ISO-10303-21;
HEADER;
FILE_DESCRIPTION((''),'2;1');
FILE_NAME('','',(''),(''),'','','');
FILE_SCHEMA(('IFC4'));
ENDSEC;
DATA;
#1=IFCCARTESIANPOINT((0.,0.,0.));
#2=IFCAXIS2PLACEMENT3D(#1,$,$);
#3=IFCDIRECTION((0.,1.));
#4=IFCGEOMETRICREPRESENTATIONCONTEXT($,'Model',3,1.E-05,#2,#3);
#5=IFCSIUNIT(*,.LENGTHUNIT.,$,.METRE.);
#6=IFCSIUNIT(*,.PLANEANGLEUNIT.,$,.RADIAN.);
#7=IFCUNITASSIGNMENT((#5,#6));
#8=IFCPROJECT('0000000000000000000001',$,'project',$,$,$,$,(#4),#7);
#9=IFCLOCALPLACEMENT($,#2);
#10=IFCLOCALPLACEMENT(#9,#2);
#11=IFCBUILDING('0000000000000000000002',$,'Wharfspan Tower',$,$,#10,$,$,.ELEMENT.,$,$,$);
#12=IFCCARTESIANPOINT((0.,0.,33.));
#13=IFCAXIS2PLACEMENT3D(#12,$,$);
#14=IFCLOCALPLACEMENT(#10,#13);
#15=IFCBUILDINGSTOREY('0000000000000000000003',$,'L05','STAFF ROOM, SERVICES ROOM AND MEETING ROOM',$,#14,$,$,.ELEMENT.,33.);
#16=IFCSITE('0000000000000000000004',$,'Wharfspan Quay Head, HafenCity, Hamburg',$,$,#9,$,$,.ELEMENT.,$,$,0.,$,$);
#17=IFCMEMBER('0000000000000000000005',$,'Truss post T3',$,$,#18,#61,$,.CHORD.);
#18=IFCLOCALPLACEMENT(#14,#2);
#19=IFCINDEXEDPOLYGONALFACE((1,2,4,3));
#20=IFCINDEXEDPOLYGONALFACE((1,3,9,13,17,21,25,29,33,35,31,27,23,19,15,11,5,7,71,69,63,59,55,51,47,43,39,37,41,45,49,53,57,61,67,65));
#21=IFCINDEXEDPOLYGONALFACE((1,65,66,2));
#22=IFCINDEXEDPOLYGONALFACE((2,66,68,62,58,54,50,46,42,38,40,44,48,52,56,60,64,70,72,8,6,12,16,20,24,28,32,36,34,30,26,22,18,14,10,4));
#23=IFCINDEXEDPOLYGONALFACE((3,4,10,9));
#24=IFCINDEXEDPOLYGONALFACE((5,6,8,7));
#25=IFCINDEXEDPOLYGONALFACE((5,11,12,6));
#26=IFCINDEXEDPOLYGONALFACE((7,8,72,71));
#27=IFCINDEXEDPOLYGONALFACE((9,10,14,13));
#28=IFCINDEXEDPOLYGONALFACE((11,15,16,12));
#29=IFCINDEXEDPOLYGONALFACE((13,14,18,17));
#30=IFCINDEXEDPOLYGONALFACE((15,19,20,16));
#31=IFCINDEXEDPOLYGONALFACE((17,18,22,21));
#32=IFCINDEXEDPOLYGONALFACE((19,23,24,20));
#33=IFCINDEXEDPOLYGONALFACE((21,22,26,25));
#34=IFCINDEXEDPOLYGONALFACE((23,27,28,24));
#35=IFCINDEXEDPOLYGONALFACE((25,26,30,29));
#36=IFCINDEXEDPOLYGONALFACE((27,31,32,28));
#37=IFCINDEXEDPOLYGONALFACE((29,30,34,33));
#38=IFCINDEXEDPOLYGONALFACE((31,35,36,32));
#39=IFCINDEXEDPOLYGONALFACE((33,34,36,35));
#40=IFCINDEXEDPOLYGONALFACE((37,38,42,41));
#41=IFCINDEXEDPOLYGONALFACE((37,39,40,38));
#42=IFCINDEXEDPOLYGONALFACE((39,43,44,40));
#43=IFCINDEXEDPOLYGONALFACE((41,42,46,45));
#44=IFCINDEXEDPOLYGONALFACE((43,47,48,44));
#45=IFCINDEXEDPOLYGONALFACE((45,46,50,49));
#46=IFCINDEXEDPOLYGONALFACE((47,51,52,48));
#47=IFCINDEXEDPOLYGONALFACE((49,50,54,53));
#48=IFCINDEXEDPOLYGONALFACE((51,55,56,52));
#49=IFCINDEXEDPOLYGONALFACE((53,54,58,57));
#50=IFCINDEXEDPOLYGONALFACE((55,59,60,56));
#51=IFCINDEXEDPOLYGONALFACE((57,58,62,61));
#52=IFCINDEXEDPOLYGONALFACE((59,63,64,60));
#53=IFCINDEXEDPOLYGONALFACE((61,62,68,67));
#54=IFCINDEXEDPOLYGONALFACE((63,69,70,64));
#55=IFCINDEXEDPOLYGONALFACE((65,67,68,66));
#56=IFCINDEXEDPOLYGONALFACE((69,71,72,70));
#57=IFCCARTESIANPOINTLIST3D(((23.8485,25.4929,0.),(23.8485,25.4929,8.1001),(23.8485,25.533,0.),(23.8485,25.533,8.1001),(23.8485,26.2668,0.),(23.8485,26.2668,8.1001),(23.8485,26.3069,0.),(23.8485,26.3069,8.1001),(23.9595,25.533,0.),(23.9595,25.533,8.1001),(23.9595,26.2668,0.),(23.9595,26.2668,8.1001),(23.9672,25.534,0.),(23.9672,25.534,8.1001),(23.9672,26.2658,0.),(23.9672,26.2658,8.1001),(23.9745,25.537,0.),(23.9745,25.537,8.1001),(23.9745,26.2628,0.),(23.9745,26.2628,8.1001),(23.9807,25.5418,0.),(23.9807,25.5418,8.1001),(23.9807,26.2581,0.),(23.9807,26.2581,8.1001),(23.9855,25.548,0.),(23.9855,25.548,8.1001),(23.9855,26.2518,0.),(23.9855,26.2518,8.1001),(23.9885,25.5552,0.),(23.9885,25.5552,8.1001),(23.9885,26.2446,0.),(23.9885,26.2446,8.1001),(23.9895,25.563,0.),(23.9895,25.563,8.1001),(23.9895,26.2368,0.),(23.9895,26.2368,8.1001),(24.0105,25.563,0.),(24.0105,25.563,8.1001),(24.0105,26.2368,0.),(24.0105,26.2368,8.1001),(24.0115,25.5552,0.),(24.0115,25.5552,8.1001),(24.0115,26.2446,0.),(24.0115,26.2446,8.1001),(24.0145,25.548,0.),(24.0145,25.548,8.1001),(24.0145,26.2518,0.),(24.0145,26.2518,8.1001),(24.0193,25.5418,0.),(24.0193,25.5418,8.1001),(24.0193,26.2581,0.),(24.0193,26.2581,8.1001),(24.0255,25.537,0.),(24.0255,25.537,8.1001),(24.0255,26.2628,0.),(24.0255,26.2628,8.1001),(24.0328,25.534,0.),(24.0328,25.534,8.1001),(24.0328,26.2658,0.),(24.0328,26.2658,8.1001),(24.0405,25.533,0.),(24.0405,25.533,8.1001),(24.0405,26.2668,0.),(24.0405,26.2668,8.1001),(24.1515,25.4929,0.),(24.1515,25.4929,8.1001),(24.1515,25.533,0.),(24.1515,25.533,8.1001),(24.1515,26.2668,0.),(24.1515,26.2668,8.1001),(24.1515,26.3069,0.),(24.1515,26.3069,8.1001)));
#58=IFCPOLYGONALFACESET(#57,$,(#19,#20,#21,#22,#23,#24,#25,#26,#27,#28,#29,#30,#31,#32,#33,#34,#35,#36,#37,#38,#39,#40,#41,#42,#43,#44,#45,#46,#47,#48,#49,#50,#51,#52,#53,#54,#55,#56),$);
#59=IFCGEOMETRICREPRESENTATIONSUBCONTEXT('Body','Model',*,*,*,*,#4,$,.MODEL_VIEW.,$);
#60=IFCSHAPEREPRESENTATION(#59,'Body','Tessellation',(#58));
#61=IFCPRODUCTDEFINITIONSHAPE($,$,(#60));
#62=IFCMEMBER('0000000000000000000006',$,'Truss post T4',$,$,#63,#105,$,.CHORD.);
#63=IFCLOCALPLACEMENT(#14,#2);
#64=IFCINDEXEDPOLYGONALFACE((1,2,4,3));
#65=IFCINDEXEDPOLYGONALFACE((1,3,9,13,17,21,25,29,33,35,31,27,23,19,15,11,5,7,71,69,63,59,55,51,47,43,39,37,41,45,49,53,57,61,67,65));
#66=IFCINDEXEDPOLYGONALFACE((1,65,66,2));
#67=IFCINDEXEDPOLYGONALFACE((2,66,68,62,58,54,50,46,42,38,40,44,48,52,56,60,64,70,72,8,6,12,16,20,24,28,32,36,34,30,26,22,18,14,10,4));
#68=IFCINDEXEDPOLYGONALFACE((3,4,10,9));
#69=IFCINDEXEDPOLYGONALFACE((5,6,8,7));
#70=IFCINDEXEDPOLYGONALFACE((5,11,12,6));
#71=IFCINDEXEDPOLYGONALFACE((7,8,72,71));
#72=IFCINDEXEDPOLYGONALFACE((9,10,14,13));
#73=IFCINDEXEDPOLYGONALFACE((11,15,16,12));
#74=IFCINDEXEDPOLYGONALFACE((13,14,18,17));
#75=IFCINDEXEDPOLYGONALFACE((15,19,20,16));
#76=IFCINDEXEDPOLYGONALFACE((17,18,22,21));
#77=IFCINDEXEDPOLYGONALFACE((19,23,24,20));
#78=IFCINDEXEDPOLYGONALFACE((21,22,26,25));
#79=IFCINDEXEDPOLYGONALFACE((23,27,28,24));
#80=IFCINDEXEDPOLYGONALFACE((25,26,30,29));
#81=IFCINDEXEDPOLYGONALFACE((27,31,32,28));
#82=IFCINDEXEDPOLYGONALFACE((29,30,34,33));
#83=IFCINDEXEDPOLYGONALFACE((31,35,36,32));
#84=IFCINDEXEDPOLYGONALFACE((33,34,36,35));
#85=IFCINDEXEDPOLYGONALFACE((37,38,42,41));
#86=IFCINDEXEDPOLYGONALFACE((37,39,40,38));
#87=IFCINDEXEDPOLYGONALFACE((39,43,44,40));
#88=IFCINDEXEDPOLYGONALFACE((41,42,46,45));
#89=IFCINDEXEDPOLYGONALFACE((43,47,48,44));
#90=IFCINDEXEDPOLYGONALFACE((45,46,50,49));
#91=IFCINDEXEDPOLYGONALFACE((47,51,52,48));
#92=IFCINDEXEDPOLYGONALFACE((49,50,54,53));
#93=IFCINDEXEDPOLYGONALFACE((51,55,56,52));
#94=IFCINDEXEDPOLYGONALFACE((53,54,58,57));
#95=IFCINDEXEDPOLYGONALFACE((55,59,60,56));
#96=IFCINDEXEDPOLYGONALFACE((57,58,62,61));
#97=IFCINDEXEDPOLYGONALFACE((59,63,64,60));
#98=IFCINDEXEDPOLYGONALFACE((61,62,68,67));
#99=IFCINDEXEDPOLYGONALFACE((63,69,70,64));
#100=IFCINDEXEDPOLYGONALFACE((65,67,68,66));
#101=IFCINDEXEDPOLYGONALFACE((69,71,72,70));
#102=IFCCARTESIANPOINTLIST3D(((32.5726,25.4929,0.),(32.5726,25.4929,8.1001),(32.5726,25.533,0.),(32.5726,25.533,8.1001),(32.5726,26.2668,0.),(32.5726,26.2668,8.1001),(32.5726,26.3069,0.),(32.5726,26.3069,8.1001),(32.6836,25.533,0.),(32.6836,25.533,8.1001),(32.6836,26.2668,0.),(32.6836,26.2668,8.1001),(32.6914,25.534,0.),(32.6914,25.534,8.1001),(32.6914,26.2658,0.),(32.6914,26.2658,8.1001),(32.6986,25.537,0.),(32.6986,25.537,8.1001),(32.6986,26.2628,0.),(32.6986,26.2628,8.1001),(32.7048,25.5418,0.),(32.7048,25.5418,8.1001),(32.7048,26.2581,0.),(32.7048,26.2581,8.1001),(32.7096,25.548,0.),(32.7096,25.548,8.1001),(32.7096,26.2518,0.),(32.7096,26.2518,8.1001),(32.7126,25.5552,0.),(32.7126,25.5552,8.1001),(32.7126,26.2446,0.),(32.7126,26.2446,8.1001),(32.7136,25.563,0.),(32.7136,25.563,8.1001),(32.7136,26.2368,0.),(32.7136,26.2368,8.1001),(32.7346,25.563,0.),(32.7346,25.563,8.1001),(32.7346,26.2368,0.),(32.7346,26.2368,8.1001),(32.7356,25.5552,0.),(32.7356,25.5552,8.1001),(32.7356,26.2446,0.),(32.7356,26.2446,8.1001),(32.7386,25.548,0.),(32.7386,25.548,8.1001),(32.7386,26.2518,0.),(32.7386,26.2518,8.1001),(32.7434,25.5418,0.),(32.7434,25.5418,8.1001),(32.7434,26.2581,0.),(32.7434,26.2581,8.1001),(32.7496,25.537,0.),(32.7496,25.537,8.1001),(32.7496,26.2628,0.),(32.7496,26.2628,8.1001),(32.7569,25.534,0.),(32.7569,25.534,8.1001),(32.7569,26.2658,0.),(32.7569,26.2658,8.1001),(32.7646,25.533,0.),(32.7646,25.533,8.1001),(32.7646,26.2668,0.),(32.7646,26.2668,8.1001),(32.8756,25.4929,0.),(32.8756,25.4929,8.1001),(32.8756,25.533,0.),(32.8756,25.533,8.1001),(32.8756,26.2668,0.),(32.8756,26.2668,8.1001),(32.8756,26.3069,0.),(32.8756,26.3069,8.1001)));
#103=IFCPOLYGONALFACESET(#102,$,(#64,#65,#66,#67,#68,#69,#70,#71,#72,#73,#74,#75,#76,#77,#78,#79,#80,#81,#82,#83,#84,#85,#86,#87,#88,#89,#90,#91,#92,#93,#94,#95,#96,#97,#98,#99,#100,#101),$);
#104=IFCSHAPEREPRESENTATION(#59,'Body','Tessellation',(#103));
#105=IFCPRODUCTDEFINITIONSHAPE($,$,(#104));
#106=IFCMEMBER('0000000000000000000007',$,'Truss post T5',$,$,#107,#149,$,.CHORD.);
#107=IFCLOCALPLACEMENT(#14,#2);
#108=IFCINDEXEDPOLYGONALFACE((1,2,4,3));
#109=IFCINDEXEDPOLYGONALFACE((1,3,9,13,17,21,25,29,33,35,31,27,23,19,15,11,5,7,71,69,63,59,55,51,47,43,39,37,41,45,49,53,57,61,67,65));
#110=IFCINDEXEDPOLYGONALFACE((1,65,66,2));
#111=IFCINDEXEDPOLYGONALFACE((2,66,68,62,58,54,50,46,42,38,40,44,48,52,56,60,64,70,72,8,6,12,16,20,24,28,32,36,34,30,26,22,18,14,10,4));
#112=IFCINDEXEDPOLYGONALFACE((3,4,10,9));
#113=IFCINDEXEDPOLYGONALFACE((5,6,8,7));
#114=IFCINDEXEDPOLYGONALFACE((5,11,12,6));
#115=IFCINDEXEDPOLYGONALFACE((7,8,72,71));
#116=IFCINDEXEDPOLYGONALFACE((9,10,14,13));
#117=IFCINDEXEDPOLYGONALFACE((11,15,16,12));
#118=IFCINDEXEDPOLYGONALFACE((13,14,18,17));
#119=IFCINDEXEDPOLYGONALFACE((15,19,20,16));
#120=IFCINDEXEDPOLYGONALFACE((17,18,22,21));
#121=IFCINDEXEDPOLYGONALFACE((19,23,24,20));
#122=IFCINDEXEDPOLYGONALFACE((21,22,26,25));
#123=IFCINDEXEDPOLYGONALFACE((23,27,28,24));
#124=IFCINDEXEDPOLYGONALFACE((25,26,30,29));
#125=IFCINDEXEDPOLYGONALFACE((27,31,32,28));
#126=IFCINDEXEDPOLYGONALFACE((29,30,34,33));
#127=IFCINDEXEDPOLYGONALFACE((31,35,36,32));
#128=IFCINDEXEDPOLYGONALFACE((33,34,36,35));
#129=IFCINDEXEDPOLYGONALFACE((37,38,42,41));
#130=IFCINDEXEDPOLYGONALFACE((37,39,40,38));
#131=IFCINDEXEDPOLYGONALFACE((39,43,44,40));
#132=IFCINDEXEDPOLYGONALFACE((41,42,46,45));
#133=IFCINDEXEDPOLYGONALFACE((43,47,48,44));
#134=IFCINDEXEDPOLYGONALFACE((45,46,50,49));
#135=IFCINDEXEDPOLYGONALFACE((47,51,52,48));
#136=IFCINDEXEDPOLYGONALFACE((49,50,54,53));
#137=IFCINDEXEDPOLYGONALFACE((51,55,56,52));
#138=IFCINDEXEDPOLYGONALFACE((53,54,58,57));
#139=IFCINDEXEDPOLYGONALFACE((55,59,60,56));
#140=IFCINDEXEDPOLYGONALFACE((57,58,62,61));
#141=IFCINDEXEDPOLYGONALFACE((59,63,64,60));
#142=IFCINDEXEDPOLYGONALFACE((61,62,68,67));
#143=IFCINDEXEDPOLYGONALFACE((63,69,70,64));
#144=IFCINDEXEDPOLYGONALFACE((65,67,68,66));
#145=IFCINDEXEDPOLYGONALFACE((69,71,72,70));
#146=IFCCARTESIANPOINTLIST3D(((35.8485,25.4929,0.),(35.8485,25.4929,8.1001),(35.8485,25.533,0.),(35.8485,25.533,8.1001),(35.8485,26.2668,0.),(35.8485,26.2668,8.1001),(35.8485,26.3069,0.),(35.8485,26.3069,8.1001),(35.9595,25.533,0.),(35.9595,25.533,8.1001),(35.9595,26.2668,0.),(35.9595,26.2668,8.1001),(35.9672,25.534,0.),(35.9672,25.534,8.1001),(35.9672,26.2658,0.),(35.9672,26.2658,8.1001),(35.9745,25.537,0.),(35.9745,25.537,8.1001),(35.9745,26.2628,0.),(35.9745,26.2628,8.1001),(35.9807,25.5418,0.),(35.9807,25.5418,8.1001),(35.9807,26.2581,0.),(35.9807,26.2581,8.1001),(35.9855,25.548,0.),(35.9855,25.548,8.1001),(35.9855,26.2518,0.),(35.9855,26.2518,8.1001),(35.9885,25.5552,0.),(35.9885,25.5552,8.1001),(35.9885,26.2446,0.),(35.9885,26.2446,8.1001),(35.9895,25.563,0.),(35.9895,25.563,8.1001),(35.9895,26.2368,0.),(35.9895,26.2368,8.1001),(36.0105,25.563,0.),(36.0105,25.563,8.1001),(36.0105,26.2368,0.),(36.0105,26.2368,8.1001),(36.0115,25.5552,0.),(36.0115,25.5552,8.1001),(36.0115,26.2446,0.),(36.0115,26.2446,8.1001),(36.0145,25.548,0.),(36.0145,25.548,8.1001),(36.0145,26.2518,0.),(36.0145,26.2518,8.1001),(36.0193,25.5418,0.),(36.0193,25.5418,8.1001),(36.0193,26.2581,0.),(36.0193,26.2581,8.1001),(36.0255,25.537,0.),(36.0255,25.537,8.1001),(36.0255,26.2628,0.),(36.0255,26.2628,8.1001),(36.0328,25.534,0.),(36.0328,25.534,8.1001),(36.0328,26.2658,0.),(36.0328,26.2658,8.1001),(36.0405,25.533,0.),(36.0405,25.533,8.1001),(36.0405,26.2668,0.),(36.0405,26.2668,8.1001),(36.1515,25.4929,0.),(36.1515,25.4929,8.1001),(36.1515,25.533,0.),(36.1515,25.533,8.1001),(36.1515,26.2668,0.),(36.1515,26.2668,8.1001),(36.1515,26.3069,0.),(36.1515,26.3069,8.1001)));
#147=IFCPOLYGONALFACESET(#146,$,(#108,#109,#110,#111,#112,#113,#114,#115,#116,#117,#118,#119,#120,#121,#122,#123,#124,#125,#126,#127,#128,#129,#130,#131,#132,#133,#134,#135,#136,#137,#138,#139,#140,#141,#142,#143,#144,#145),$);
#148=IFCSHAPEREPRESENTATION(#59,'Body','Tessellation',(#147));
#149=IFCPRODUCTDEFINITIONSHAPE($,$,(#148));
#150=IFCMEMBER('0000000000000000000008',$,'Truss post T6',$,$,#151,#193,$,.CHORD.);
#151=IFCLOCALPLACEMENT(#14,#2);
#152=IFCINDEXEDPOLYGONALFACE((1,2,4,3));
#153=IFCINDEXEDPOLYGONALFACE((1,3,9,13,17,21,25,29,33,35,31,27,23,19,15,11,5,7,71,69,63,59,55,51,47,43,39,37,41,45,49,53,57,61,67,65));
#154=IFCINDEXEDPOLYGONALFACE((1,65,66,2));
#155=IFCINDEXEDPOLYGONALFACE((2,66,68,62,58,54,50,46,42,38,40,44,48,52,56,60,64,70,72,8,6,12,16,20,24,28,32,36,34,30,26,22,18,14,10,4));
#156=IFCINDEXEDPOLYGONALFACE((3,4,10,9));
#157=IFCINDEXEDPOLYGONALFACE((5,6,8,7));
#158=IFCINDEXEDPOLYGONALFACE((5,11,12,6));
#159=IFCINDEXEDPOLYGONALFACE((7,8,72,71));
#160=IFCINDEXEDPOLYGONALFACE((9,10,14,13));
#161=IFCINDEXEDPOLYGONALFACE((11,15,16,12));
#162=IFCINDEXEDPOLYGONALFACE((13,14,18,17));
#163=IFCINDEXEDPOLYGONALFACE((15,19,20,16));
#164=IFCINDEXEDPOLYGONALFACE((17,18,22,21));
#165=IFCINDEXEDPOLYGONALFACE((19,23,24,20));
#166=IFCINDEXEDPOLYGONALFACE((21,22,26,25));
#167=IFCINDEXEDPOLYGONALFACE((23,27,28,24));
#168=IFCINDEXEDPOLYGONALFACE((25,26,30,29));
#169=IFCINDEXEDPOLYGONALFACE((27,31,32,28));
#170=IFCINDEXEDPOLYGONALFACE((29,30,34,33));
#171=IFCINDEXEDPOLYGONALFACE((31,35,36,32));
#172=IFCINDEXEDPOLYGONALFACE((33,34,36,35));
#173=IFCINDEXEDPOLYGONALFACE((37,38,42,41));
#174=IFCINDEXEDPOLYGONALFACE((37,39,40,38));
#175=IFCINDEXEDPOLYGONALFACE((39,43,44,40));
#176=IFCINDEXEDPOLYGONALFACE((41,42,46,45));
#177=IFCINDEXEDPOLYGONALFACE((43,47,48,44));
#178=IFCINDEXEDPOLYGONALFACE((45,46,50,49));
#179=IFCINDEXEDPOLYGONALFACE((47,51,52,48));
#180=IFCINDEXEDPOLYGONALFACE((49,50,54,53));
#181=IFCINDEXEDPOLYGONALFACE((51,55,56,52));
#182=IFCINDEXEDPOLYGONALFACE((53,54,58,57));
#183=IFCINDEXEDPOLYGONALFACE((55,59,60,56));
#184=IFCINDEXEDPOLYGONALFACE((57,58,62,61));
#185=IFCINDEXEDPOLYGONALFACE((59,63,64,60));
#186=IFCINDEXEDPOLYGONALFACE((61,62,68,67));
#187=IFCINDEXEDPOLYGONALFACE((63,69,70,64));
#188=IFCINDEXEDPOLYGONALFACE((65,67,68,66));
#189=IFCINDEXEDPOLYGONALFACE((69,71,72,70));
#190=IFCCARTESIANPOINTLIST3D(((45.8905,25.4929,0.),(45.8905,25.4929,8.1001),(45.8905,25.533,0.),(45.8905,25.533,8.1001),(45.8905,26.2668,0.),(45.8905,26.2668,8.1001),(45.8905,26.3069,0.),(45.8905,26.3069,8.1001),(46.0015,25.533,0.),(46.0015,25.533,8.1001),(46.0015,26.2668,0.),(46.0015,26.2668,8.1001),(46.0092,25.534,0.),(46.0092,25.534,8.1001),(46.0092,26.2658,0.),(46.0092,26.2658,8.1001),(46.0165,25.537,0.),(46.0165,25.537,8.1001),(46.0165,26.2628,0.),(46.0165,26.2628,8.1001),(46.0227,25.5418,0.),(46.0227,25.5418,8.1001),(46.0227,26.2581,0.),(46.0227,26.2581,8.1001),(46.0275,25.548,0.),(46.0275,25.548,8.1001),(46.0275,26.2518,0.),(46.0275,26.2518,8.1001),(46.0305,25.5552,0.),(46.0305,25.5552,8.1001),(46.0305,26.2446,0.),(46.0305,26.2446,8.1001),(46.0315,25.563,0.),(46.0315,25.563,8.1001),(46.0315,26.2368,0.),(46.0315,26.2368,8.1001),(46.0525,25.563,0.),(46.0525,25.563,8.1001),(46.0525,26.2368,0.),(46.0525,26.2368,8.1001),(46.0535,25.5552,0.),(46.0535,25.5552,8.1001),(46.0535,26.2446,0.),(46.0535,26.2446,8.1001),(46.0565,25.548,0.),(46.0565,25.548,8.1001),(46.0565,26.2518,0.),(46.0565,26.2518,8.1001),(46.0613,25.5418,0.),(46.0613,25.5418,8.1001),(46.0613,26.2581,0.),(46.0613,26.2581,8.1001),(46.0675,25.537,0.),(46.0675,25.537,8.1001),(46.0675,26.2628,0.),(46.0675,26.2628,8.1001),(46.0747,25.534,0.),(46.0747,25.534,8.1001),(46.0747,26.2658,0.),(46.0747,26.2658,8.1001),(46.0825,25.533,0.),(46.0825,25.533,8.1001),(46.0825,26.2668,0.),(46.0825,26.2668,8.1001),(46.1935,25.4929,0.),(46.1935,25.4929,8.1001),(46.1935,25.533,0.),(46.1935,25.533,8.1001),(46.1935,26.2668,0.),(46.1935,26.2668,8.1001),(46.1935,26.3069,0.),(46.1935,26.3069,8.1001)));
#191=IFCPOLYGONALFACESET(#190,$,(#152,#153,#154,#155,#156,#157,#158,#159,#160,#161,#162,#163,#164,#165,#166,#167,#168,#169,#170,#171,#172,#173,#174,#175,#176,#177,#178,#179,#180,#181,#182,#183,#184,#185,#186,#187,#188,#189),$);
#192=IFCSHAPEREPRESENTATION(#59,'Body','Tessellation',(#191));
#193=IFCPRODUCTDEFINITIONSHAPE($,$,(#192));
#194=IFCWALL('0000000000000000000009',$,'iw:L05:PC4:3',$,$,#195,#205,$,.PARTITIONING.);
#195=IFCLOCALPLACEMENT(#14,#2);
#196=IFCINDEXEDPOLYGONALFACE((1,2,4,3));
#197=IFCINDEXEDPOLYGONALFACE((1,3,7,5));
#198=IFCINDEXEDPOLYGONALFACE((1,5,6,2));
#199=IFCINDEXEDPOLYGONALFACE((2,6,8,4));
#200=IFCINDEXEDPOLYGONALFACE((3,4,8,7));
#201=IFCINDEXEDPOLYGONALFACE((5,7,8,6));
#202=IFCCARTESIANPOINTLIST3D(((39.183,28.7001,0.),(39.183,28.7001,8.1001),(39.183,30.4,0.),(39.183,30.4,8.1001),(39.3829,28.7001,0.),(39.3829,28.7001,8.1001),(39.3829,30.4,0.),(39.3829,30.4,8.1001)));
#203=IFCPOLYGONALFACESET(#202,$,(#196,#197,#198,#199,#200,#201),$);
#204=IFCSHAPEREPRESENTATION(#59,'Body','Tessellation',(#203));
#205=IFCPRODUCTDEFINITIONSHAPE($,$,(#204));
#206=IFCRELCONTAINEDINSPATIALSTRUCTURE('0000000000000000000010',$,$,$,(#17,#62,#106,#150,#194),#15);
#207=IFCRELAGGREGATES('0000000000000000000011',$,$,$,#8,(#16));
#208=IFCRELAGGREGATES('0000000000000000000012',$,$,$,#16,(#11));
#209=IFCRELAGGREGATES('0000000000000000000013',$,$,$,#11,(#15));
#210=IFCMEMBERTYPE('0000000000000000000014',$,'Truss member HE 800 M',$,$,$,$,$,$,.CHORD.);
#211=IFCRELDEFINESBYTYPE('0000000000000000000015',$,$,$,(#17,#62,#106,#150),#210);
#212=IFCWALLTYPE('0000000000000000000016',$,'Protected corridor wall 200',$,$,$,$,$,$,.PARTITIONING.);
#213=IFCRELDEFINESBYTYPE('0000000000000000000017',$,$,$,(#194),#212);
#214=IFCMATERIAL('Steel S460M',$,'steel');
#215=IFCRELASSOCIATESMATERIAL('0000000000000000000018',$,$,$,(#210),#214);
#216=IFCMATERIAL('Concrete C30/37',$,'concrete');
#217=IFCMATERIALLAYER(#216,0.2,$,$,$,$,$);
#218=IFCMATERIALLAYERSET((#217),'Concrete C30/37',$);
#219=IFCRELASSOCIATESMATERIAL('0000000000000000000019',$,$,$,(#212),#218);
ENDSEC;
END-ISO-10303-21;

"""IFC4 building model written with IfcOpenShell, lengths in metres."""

from ifc_helpers import new_model, si_unit, direction, frame, frame_2d, origin, origin_2d, place, context, subcontext, project, spatial, rectangle, i_section, extrude, material, layer, layer_set, material_profile, profile_set, type_object, element, save


model = new_model("IFC4")

# Units and contexts
model_context = context("Model", 3, precision=1e-05, world=origin(), true_north=direction((0.0, 1.0)))
body_context = subcontext(model_context, "Body", "Model", "MODEL_VIEW")
ifc_project = project(units=[si_unit("LENGTHUNIT", "METRE"), si_unit("PLANEANGLEUNIT", "RADIAN")], contexts=[model_context])

# Site, building, storey
site_placement = place(None, origin())
site = spatial("IfcSite", under=ifc_project, at=site_placement, Name="Wharfspan Quay Head, HafenCity, Hamburg", CompositionType="ELEMENT", RefElevation=0.0)
building_placement = place(site_placement, origin())
building = spatial("IfcBuilding", under=site, at=building_placement, Name="Wharfspan Tower", CompositionType="ELEMENT")
storey_placement = place(building_placement, frame((0.0, 0.0, 33.0)))
storey = spatial("IfcBuildingStorey", under=building, at=storey_placement, Name="L05", Description="STAFF ROOM, SERVICES ROOM AND MEETING ROOM", CompositionType="ELEMENT", Elevation=33.0)

# Members
ifc_material_1 = material(Name="Steel S460M", Category="steel")
ifc_material_profile_1 = material_profile(ifc_material_1, i_section(OverallWidth=0.303, OverallDepth=0.814, WebThickness=0.021, FlangeThickness=0.04, FilletRadius=0.03, at=origin_2d()))
ifc_profile_set_1 = profile_set([ifc_material_profile_1], Name="Steel S460M")
member_type_1 = type_object("IfcMemberType", Name="Truss member HE 800 M", PredefinedType="CHORD", material=ifc_profile_set_1)
for number, where, z_axis, x_axis, name in (
    (1, (24.0, 25.8999, 0.0), (0.0, 0.0, 1.0), (1.0, 0.0, 0.0), "Truss post T3"),
    (2, (32.7241, 25.8999, 0.0), (0.0, 0.0, 1.0), (1.0, 0.0, 0.0), "Truss post T4"),
    (3, (36.0, 25.8999, 0.0), (0.0, 0.0, 1.0), (1.0, 0.0, 0.0), "Truss post T5"),
    (4, (46.042, 25.8999, 0.0), (0.0, 0.0, 1.0), (1.0, 0.0, 0.0), "Truss post T6"),
):
    element("IfcMember", number, at=place(storey_placement, frame(where, z_axis=z_axis, x_axis=x_axis)), inside=storey, type_object=member_type_1, Name=name, PredefinedType="CHORD", context=body_context, shape_type="SweptSolid", body=[
        extrude(i_section(OverallWidth=0.303, OverallDepth=0.814, WebThickness=0.021, FlangeThickness=0.04, FilletRadius=0.03, at=origin_2d()), origin(), (0.0, 0.0, 1.0), 8.1001),
    ])

# Wall
ifc_material_2 = material(Name="Concrete C30/37", Category="concrete")
ifc_layer = layer(ifc_material_2, 0.2)
ifc_layer_set = layer_set([ifc_layer], Name="Concrete C30/37")
wall_type = type_object("IfcWallType", Name="Protected corridor wall 200", PredefinedType="PARTITIONING", material=ifc_layer_set)
wall_1_placement = place(storey_placement, frame((39.283, 28.7, 0.0), z_axis=(0.0, 0.0, 1.0), x_axis=(0.0, 1.0, 0.0)))
element("IfcWall", 5, at=wall_1_placement, inside=storey, type_object=wall_type, Name="iw:L05:PC4:3", PredefinedType="PARTITIONING", context=body_context, shape_type="SweptSolid", body=[
    extrude(rectangle(XDim=1.7, YDim=0.2, at=frame_2d((0.8501, 0.0))), origin(), (0.0, 0.0, 1.0), 8.1001),
])

save(model, "model.ifc")
